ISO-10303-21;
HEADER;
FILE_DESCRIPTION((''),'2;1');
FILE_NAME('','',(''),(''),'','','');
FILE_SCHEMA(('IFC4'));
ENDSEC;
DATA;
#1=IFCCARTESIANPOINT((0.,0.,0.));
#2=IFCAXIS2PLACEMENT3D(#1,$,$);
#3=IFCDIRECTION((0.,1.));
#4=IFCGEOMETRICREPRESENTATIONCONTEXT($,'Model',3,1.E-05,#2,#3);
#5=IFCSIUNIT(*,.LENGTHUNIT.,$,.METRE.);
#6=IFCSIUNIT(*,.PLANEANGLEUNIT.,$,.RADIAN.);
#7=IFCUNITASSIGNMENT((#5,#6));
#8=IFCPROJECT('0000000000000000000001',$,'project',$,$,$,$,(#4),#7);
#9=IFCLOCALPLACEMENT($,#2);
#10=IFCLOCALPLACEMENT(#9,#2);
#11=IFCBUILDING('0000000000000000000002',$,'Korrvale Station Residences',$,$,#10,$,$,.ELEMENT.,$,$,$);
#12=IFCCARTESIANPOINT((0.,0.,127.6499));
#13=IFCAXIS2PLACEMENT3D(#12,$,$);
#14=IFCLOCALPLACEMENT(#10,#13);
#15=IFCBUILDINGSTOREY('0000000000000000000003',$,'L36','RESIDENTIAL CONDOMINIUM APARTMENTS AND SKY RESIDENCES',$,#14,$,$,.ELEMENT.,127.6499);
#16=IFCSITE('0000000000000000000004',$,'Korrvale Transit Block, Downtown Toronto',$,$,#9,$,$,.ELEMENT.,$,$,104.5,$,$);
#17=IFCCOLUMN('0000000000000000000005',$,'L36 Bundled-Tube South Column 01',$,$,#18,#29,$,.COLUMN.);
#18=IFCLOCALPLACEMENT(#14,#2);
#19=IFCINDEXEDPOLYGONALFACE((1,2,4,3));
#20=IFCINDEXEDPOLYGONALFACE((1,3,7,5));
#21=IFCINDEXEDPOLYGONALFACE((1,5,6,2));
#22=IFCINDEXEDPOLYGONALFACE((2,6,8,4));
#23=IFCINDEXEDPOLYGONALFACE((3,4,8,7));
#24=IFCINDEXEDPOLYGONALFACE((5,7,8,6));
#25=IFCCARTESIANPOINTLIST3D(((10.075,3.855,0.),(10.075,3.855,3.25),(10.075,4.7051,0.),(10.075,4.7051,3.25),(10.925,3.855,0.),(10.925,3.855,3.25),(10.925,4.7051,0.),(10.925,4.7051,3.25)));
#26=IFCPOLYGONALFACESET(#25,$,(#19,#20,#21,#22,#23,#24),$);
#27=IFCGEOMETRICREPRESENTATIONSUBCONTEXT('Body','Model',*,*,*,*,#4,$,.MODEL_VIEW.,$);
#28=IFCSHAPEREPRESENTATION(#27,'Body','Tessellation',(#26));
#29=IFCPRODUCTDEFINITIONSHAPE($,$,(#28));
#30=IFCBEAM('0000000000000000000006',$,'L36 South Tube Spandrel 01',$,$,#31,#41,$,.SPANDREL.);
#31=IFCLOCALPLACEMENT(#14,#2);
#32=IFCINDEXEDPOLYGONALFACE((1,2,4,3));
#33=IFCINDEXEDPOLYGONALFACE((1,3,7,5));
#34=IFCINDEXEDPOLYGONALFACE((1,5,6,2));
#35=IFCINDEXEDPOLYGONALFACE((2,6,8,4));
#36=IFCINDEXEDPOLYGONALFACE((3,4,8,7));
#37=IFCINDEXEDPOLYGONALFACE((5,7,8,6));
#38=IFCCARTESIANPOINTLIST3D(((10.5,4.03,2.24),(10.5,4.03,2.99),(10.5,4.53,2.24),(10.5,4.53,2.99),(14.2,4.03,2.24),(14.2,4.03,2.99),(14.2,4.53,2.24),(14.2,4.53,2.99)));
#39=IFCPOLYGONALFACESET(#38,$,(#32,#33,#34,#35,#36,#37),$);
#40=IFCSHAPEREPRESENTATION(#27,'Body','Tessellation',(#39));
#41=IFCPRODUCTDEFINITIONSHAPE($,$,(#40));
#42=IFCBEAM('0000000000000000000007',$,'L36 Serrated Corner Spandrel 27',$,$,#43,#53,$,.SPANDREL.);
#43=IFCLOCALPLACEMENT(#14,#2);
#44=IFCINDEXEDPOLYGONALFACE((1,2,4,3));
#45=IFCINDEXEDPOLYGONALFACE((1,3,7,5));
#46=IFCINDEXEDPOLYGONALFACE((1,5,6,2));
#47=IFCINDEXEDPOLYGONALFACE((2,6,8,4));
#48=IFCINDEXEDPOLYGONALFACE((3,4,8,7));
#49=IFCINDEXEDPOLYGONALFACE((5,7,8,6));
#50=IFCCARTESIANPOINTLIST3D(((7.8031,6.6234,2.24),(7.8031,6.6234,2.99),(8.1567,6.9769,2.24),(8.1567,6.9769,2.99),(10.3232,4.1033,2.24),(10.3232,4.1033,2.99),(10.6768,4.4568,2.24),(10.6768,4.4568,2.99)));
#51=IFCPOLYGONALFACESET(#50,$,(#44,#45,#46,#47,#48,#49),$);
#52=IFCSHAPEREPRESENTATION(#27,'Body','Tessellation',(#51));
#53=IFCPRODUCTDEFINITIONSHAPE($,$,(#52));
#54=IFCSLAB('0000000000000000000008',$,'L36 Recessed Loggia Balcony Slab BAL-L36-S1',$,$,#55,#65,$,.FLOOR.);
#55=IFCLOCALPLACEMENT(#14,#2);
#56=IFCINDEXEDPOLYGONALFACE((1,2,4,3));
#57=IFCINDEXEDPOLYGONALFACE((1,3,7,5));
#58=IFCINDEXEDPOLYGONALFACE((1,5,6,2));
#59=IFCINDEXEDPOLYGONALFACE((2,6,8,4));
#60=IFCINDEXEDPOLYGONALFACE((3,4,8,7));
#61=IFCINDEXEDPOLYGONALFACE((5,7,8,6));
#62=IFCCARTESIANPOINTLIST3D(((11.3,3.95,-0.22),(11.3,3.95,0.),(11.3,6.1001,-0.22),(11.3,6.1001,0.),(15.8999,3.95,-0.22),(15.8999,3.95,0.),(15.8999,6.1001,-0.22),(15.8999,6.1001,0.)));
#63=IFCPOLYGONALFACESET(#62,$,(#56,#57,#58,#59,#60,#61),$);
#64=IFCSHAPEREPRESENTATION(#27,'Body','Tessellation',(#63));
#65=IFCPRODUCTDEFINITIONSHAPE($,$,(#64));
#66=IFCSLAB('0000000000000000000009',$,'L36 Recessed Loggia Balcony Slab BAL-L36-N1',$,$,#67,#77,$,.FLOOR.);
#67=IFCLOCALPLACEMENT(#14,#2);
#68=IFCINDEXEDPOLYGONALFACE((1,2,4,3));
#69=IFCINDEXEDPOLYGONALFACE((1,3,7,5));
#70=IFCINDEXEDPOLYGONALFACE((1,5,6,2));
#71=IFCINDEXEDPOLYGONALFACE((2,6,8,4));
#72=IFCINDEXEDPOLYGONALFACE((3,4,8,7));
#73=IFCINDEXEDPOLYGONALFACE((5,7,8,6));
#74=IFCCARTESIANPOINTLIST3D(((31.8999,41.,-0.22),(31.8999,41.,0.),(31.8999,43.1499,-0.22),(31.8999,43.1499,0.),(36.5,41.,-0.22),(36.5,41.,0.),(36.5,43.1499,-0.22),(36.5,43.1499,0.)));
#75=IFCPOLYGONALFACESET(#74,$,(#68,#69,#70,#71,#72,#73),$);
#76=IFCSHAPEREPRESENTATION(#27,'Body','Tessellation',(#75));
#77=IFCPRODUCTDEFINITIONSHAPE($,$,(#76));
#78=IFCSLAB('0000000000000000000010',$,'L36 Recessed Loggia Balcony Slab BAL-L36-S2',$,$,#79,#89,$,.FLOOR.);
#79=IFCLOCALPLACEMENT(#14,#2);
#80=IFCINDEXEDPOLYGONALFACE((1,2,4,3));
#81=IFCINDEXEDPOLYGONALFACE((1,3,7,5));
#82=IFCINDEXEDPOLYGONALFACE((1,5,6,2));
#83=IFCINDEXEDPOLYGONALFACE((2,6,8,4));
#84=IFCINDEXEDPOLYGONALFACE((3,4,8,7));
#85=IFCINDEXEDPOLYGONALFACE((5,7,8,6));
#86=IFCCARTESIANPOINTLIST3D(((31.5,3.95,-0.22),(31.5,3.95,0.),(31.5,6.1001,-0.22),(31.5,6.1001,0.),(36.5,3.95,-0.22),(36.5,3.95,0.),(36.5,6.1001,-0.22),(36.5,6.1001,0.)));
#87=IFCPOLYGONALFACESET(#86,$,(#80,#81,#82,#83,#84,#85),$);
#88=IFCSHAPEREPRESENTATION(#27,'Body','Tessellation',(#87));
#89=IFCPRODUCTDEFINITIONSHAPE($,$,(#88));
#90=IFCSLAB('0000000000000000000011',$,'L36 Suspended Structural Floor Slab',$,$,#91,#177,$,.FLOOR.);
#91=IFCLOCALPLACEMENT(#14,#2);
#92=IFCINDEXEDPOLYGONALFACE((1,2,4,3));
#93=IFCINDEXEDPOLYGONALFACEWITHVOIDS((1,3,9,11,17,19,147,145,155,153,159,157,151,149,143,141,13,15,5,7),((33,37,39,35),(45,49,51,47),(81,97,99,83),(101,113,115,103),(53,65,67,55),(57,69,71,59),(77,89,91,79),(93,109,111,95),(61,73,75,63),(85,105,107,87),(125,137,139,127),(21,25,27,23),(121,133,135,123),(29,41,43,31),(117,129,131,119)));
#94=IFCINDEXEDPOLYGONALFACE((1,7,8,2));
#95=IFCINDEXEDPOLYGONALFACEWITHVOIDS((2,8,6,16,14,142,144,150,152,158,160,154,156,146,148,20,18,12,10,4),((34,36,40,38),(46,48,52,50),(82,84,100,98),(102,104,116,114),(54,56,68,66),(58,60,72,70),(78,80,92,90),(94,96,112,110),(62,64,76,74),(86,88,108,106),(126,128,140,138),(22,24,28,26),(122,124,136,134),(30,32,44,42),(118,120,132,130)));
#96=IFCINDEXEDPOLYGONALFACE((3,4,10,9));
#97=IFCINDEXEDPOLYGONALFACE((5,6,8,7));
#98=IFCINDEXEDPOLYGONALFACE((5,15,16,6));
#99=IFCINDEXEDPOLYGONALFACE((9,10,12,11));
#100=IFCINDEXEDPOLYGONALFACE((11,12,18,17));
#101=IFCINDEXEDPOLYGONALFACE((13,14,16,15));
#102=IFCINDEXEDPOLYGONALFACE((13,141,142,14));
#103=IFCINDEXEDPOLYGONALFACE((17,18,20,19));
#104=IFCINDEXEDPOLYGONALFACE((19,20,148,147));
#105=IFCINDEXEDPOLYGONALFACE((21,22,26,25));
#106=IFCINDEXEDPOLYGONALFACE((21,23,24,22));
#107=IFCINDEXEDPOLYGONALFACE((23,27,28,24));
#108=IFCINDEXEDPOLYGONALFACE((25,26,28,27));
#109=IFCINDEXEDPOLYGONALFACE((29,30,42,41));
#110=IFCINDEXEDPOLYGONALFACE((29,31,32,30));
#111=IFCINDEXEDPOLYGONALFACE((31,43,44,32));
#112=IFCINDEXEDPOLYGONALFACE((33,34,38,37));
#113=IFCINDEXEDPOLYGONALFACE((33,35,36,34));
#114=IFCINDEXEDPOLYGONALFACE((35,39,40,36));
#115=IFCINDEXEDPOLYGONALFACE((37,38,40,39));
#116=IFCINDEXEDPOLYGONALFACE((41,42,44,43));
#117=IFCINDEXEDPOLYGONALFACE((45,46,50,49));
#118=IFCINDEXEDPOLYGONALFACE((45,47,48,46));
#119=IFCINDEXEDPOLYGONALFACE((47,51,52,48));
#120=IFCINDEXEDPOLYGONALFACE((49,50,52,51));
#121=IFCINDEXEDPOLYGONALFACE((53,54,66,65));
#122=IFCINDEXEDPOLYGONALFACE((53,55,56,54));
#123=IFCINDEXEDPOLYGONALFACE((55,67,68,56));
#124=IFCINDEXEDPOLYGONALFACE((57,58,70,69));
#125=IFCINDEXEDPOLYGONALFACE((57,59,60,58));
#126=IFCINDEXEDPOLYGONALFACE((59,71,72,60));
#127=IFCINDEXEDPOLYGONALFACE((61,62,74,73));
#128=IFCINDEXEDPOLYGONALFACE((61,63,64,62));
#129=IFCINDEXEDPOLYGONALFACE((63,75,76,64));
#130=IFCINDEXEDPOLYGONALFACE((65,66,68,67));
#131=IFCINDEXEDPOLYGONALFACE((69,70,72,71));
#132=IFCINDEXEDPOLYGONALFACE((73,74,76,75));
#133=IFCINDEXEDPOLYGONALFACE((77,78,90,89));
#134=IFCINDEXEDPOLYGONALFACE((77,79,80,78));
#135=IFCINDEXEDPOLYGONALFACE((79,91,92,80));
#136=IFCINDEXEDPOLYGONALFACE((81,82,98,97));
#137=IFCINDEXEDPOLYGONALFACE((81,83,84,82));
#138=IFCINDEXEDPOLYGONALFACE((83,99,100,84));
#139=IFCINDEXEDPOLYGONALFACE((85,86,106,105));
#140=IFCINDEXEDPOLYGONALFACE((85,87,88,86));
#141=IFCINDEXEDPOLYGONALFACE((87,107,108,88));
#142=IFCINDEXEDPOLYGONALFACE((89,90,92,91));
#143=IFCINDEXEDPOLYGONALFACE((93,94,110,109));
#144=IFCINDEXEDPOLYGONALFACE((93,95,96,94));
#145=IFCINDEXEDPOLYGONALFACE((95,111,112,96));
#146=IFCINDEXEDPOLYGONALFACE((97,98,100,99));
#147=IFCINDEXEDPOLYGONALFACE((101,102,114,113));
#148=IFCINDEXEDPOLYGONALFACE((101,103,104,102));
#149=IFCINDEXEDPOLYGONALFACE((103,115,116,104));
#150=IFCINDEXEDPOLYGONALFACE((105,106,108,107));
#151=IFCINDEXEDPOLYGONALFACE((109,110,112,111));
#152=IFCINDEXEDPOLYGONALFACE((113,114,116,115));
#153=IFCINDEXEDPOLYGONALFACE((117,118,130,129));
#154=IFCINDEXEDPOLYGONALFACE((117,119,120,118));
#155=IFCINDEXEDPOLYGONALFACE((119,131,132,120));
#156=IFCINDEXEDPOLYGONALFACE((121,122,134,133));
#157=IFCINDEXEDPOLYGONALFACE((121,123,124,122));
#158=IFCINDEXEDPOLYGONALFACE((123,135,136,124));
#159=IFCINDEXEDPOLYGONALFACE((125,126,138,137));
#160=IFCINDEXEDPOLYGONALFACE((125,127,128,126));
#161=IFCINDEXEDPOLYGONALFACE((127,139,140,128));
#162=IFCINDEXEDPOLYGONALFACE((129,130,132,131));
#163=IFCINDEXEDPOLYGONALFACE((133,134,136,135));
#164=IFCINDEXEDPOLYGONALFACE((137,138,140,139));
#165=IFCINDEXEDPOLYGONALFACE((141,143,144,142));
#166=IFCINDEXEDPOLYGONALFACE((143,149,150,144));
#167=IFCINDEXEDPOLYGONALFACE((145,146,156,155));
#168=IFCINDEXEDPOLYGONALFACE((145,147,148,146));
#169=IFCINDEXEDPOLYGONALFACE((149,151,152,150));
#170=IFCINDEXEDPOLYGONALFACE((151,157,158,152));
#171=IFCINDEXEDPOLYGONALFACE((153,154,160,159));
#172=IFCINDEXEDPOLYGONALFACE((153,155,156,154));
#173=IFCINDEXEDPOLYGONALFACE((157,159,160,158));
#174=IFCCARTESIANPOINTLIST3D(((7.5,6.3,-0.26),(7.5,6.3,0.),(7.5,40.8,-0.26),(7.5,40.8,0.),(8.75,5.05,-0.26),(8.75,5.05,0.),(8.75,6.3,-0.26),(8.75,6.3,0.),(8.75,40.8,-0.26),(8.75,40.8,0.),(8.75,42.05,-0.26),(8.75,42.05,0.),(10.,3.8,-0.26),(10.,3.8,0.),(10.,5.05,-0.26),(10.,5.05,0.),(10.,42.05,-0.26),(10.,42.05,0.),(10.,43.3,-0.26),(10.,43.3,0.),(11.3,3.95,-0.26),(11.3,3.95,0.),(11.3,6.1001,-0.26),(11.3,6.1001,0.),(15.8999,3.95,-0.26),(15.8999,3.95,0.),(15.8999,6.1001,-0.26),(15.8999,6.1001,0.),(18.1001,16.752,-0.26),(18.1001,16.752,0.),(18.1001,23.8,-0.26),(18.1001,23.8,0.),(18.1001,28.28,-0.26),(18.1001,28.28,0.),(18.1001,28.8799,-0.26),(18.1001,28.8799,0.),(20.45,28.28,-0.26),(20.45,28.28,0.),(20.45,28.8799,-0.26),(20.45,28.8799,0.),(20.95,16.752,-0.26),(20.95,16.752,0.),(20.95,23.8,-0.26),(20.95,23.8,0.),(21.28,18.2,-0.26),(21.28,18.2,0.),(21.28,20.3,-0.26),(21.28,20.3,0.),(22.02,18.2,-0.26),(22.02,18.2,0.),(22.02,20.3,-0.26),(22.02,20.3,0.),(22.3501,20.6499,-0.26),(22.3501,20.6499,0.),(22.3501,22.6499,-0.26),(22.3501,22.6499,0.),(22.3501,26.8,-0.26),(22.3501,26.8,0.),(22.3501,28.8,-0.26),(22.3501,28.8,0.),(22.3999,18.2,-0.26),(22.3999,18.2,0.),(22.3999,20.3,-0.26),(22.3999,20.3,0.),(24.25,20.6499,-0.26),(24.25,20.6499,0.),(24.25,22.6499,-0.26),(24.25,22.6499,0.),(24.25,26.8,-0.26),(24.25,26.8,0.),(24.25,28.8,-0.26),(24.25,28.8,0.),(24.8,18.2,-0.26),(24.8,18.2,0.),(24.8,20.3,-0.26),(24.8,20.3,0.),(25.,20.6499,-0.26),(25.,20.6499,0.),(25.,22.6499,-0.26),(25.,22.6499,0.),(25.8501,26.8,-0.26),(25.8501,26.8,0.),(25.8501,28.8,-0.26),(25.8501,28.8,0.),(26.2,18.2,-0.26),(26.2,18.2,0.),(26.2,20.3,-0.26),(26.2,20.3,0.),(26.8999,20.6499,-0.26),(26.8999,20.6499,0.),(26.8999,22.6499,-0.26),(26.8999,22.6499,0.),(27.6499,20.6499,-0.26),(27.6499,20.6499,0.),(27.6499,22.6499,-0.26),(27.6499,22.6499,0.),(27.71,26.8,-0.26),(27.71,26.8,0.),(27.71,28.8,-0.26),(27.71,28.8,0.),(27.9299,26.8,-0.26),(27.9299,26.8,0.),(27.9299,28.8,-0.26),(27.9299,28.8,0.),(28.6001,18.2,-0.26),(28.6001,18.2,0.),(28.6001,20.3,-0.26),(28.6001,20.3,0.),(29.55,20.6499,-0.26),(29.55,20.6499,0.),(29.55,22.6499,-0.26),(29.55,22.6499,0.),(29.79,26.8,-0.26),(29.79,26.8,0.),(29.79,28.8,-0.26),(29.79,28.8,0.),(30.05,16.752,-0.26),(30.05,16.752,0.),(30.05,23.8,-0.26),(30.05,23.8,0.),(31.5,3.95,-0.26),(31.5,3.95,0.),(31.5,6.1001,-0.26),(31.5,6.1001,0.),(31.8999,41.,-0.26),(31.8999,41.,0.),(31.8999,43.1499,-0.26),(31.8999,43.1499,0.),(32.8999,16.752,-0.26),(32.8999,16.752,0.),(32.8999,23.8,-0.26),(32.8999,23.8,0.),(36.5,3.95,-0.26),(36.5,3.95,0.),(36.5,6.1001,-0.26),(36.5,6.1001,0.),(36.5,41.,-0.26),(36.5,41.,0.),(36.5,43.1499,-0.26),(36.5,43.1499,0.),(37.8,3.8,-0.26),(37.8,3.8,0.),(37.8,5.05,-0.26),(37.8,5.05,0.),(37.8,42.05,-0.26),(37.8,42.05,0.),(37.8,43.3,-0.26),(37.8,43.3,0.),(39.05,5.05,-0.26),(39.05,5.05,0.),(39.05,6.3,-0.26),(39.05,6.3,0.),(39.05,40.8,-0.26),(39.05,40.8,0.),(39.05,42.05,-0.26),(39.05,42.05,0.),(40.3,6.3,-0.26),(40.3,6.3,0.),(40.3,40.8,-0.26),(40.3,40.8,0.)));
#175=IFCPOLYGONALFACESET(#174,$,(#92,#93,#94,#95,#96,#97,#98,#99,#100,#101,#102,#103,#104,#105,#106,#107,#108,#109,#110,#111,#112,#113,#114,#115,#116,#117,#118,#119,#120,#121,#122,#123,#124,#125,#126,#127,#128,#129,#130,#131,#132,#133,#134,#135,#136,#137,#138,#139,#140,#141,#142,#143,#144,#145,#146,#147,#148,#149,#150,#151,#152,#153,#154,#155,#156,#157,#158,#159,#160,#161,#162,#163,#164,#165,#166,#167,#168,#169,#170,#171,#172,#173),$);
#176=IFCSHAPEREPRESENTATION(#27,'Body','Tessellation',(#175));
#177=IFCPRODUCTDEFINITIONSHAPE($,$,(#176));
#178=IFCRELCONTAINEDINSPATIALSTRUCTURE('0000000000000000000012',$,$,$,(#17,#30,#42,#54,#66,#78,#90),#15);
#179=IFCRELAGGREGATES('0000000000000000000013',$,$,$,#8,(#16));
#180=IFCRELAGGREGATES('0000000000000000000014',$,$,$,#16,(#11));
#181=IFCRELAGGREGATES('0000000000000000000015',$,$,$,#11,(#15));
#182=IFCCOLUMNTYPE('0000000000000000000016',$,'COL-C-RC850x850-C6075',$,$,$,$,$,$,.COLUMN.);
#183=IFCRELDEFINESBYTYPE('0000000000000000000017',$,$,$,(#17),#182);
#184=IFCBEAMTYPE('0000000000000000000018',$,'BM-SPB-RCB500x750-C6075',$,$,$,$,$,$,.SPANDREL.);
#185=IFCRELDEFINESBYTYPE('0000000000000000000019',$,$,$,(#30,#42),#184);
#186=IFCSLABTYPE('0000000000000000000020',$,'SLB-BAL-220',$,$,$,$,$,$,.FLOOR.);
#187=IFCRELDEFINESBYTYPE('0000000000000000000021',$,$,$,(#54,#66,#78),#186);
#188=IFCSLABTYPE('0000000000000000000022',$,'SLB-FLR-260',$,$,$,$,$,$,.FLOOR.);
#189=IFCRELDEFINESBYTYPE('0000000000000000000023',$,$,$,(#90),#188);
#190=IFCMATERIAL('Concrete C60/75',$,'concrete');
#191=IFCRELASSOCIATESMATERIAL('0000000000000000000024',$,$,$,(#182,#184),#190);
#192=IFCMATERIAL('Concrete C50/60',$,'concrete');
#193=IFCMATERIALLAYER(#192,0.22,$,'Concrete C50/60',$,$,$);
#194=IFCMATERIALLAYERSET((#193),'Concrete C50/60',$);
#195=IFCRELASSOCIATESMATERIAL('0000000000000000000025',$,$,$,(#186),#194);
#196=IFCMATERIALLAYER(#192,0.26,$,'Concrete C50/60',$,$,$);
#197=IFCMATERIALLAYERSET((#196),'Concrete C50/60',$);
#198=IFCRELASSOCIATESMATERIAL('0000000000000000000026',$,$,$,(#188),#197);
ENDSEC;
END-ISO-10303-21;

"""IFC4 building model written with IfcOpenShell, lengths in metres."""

from ifc_helpers import new_model, si_unit, direction, frame, origin, origin_2d, place, context, subcontext, project, spatial, polyline, rectangle, outline, extrude, material, layer, layer_set, material_profile, profile_set, type_object, element, save


model = new_model("IFC4")

# Units and contexts
model_context = context("Model", 3, precision=1e-05, world=origin(), true_north=direction((0.0, 1.0)))
body_context = subcontext(model_context, "Body", "Model", "MODEL_VIEW")
ifc_project = project(units=[si_unit("LENGTHUNIT", "METRE"), si_unit("PLANEANGLEUNIT", "RADIAN")], contexts=[model_context])

# Site, building, storey
site_placement = place(None, origin())
site = spatial("IfcSite", under=ifc_project, at=site_placement, Name="Korrvale Transit Block, Downtown Toronto", CompositionType="ELEMENT", RefElevation=104.5)
building_placement = place(site_placement, origin())
building = spatial("IfcBuilding", under=site, at=building_placement, Name="Korrvale Station Residences", CompositionType="ELEMENT")
storey_placement = place(building_placement, frame((0.0, 0.0, 127.6499)))
storey = spatial("IfcBuildingStorey", under=building, at=storey_placement, Name="L36", Description="RESIDENTIAL CONDOMINIUM APARTMENTS AND SKY RESIDENCES", CompositionType="ELEMENT", Elevation=127.6499)

# Column
ifc_material_1 = material(Name="Concrete C60/75", Category="concrete")
ifc_material_profile_1 = material_profile(ifc_material_1, rectangle(XDim=0.8501, YDim=0.8501, at=origin_2d()), Name="RC850x850")
ifc_profile_set_1 = profile_set([ifc_material_profile_1], Name="Concrete C60/75")
column_type = type_object("IfcColumnType", Name="COL-C-RC850x850-C6075", PredefinedType="COLUMN", material=ifc_profile_set_1)
column_placement = place(storey_placement, frame((10.5, 4.28, 0.0), z_axis=(0.0, 0.0, 1.0), x_axis=(1.0, 0.0, 0.0)))
element("IfcColumn", 1, at=column_placement, inside=storey, type_object=column_type, Name="L36 Bundled-Tube South Column 01", PredefinedType="COLUMN", context=body_context, shape_type="SweptSolid", body=[
    extrude(rectangle(XDim=0.8501, YDim=0.8501, at=origin_2d()), origin(), (0.0, 0.0, 1.0), 3.25),
])

# Beams
ifc_material_profile_2 = material_profile(ifc_material_1, rectangle(XDim=0.5, YDim=0.75, at=origin_2d()), Name="RCB500x750")
ifc_profile_set_2 = profile_set([ifc_material_profile_2], Name="Concrete C60/75")
beam_type = type_object("IfcBeamType", Name="BM-SPB-RCB500x750-C6075", PredefinedType="SPANDREL", material=ifc_profile_set_2)
beam_1_placement = place(storey_placement, frame((10.5, 4.28, 2.615), z_axis=(1.0, 0.0, 0.0), x_axis=(0.0, 1.0, 0.0)))
element("IfcBeam", 2, at=beam_1_placement, inside=storey, type_object=beam_type, Name="L36 South Tube Spandrel 01", PredefinedType="SPANDREL", context=body_context, shape_type="SweptSolid", body=[
    extrude(rectangle(XDim=0.5, YDim=0.75, at=origin_2d()), origin(), (0.0, 0.0, 1.0), 3.7),
])
beam_2_placement = place(storey_placement, frame((10.5, 4.28, 2.615), z_axis=(-0.707107, 0.707107, 0.0), x_axis=(-0.707107, -0.707107, 0.0)))
element("IfcBeam", 3, at=beam_2_placement, inside=storey, type_object=beam_type, Name="L36 Serrated Corner Spandrel 27", PredefinedType="SPANDREL", context=body_context, shape_type="SweptSolid", body=[
    extrude(rectangle(XDim=0.5, YDim=0.75, at=origin_2d()), origin(), (0.0, 0.0, 1.0), 3.564),
])

# Slabs
ifc_material_2 = material(Name="Concrete C50/60", Category="concrete")
ifc_layer_1 = layer(ifc_material_2, 0.22, Name="Concrete C50/60")
ifc_layer_set_1 = layer_set([ifc_layer_1], Name="Concrete C50/60")
slab_type_1 = type_object("IfcSlabType", Name="SLB-BAL-220", PredefinedType="FLOOR", material=ifc_layer_set_1)
slab_1_placement = place(storey_placement, frame((0.0, 0.0, -0.22)))
element("IfcSlab", 4, at=slab_1_placement, inside=storey, type_object=slab_type_1, Name="L36 Recessed Loggia Balcony Slab BAL-L36-S1", PredefinedType="FLOOR", context=body_context, shape_type="SweptSolid", body=[
    extrude(outline(polyline([(11.3, 3.95), (15.8999, 3.95), (15.8999, 6.1001), (11.3, 6.1001), (11.3, 3.95)])), origin(), (0.0, 0.0, 1.0), 0.22),
])
slab_2_placement = place(storey_placement, frame((0.0, 0.0, -0.22)))
element("IfcSlab", 5, at=slab_2_placement, inside=storey, type_object=slab_type_1, Name="L36 Recessed Loggia Balcony Slab BAL-L36-N1", PredefinedType="FLOOR", context=body_context, shape_type="SweptSolid", body=[
    extrude(outline(polyline([(31.8999, 41.0), (36.5, 41.0), (36.5, 43.1499), (31.8999, 43.1499), (31.8999, 41.0)])), origin(), (0.0, 0.0, 1.0), 0.22),
])
slab_3_placement = place(storey_placement, frame((0.0, 0.0, -0.22)))
element("IfcSlab", 6, at=slab_3_placement, inside=storey, type_object=slab_type_1, Name="L36 Recessed Loggia Balcony Slab BAL-L36-S2", PredefinedType="FLOOR", context=body_context, shape_type="SweptSolid", body=[
    extrude(outline(polyline([(31.5, 3.95), (36.5, 3.95), (36.5, 6.1001), (31.5, 6.1001), (31.5, 3.95)])), origin(), (0.0, 0.0, 1.0), 0.22),
])
ifc_layer_2 = layer(ifc_material_2, 0.26, Name="Concrete C50/60")
ifc_layer_set_2 = layer_set([ifc_layer_2], Name="Concrete C50/60")
slab_type_2 = type_object("IfcSlabType", Name="SLB-FLR-260", PredefinedType="FLOOR", material=ifc_layer_set_2)
slab_4_placement = place(storey_placement, frame((0.0, 0.0, -0.26)))
element("IfcSlab", 7, at=slab_4_placement, inside=storey, type_object=slab_type_2, Name="L36 Suspended Structural Floor Slab", PredefinedType="FLOOR", context=body_context, shape_type="SweptSolid", body=[
    extrude(outline(polyline([(10.0, 3.8), (37.8, 3.8), (37.8, 5.05), (39.05, 5.05), (39.05, 6.3), (40.3, 6.3), (40.3, 40.8), (39.05, 40.8), (39.05, 42.05), (37.8, 42.05), (37.8, 43.3), (10.0, 43.3), (10.0, 42.05), (8.75, 42.05), (8.75, 40.8), (7.5, 40.8), (7.5, 6.3), (8.75, 6.3), (8.75, 5.05), (10.0, 5.05), (10.0, 3.8)]), holes=[polyline([(20.95, 16.752), (20.95, 23.8), (18.1001, 23.8), (18.1001, 16.752), (20.95, 16.752)]), polyline([(32.8999, 16.752), (32.8999, 23.8), (30.05, 23.8), (30.05, 16.752), (32.8999, 16.752)]), polyline([(22.3501, 26.8), (24.25, 26.8), (24.25, 28.8), (22.3501, 28.8), (22.3501, 26.8)]), polyline([(25.8501, 26.8), (27.71, 26.8), (27.71, 28.8), (25.8501, 28.8), (25.8501, 26.8)]), polyline([(27.9299, 26.8), (29.79, 26.8), (29.79, 28.8), (27.9299, 28.8), (27.9299, 26.8)]), polyline([(22.3501, 20.6499), (24.25, 20.6499), (24.25, 22.6499), (22.3501, 22.6499), (22.3501, 20.6499)]), polyline([(25.0, 20.6499), (26.8999, 20.6499), (26.8999, 22.6499), (25.0, 22.6499), (25.0, 20.6499)]), polyline([(27.6499, 20.6499), (29.55, 20.6499), (29.55, 22.6499), (27.6499, 22.6499), (27.6499, 20.6499)]), polyline([(22.3999, 18.2), (24.8, 18.2), (24.8, 20.3), (22.3999, 20.3), (22.3999, 18.2)]), polyline([(26.2, 18.2), (28.6001, 18.2), (28.6001, 20.3), (26.2, 20.3), (26.2, 18.2)]), polyline([(18.1001, 28.28), (20.45, 28.28), (20.45, 28.8799), (18.1001, 28.8799), (18.1001, 28.28)]), polyline([(21.28, 18.2), (22.02, 18.2), (22.02, 20.3), (21.28, 20.3), (21.28, 18.2)]), polyline([(11.3, 3.95), (15.8999, 3.95), (15.8999, 6.1001), (11.3, 6.1001), (11.3, 3.95)]), polyline([(31.8999, 41.0), (36.5, 41.0), (36.5, 43.1499), (31.8999, 43.1499), (31.8999, 41.0)]), polyline([(31.5, 3.95), (36.5, 3.95), (36.5, 6.1001), (31.5, 6.1001), (31.5, 3.95)])]), origin(), (0.0, 0.0, 1.0), 0.26),
])

save(model, "model.ifc")
